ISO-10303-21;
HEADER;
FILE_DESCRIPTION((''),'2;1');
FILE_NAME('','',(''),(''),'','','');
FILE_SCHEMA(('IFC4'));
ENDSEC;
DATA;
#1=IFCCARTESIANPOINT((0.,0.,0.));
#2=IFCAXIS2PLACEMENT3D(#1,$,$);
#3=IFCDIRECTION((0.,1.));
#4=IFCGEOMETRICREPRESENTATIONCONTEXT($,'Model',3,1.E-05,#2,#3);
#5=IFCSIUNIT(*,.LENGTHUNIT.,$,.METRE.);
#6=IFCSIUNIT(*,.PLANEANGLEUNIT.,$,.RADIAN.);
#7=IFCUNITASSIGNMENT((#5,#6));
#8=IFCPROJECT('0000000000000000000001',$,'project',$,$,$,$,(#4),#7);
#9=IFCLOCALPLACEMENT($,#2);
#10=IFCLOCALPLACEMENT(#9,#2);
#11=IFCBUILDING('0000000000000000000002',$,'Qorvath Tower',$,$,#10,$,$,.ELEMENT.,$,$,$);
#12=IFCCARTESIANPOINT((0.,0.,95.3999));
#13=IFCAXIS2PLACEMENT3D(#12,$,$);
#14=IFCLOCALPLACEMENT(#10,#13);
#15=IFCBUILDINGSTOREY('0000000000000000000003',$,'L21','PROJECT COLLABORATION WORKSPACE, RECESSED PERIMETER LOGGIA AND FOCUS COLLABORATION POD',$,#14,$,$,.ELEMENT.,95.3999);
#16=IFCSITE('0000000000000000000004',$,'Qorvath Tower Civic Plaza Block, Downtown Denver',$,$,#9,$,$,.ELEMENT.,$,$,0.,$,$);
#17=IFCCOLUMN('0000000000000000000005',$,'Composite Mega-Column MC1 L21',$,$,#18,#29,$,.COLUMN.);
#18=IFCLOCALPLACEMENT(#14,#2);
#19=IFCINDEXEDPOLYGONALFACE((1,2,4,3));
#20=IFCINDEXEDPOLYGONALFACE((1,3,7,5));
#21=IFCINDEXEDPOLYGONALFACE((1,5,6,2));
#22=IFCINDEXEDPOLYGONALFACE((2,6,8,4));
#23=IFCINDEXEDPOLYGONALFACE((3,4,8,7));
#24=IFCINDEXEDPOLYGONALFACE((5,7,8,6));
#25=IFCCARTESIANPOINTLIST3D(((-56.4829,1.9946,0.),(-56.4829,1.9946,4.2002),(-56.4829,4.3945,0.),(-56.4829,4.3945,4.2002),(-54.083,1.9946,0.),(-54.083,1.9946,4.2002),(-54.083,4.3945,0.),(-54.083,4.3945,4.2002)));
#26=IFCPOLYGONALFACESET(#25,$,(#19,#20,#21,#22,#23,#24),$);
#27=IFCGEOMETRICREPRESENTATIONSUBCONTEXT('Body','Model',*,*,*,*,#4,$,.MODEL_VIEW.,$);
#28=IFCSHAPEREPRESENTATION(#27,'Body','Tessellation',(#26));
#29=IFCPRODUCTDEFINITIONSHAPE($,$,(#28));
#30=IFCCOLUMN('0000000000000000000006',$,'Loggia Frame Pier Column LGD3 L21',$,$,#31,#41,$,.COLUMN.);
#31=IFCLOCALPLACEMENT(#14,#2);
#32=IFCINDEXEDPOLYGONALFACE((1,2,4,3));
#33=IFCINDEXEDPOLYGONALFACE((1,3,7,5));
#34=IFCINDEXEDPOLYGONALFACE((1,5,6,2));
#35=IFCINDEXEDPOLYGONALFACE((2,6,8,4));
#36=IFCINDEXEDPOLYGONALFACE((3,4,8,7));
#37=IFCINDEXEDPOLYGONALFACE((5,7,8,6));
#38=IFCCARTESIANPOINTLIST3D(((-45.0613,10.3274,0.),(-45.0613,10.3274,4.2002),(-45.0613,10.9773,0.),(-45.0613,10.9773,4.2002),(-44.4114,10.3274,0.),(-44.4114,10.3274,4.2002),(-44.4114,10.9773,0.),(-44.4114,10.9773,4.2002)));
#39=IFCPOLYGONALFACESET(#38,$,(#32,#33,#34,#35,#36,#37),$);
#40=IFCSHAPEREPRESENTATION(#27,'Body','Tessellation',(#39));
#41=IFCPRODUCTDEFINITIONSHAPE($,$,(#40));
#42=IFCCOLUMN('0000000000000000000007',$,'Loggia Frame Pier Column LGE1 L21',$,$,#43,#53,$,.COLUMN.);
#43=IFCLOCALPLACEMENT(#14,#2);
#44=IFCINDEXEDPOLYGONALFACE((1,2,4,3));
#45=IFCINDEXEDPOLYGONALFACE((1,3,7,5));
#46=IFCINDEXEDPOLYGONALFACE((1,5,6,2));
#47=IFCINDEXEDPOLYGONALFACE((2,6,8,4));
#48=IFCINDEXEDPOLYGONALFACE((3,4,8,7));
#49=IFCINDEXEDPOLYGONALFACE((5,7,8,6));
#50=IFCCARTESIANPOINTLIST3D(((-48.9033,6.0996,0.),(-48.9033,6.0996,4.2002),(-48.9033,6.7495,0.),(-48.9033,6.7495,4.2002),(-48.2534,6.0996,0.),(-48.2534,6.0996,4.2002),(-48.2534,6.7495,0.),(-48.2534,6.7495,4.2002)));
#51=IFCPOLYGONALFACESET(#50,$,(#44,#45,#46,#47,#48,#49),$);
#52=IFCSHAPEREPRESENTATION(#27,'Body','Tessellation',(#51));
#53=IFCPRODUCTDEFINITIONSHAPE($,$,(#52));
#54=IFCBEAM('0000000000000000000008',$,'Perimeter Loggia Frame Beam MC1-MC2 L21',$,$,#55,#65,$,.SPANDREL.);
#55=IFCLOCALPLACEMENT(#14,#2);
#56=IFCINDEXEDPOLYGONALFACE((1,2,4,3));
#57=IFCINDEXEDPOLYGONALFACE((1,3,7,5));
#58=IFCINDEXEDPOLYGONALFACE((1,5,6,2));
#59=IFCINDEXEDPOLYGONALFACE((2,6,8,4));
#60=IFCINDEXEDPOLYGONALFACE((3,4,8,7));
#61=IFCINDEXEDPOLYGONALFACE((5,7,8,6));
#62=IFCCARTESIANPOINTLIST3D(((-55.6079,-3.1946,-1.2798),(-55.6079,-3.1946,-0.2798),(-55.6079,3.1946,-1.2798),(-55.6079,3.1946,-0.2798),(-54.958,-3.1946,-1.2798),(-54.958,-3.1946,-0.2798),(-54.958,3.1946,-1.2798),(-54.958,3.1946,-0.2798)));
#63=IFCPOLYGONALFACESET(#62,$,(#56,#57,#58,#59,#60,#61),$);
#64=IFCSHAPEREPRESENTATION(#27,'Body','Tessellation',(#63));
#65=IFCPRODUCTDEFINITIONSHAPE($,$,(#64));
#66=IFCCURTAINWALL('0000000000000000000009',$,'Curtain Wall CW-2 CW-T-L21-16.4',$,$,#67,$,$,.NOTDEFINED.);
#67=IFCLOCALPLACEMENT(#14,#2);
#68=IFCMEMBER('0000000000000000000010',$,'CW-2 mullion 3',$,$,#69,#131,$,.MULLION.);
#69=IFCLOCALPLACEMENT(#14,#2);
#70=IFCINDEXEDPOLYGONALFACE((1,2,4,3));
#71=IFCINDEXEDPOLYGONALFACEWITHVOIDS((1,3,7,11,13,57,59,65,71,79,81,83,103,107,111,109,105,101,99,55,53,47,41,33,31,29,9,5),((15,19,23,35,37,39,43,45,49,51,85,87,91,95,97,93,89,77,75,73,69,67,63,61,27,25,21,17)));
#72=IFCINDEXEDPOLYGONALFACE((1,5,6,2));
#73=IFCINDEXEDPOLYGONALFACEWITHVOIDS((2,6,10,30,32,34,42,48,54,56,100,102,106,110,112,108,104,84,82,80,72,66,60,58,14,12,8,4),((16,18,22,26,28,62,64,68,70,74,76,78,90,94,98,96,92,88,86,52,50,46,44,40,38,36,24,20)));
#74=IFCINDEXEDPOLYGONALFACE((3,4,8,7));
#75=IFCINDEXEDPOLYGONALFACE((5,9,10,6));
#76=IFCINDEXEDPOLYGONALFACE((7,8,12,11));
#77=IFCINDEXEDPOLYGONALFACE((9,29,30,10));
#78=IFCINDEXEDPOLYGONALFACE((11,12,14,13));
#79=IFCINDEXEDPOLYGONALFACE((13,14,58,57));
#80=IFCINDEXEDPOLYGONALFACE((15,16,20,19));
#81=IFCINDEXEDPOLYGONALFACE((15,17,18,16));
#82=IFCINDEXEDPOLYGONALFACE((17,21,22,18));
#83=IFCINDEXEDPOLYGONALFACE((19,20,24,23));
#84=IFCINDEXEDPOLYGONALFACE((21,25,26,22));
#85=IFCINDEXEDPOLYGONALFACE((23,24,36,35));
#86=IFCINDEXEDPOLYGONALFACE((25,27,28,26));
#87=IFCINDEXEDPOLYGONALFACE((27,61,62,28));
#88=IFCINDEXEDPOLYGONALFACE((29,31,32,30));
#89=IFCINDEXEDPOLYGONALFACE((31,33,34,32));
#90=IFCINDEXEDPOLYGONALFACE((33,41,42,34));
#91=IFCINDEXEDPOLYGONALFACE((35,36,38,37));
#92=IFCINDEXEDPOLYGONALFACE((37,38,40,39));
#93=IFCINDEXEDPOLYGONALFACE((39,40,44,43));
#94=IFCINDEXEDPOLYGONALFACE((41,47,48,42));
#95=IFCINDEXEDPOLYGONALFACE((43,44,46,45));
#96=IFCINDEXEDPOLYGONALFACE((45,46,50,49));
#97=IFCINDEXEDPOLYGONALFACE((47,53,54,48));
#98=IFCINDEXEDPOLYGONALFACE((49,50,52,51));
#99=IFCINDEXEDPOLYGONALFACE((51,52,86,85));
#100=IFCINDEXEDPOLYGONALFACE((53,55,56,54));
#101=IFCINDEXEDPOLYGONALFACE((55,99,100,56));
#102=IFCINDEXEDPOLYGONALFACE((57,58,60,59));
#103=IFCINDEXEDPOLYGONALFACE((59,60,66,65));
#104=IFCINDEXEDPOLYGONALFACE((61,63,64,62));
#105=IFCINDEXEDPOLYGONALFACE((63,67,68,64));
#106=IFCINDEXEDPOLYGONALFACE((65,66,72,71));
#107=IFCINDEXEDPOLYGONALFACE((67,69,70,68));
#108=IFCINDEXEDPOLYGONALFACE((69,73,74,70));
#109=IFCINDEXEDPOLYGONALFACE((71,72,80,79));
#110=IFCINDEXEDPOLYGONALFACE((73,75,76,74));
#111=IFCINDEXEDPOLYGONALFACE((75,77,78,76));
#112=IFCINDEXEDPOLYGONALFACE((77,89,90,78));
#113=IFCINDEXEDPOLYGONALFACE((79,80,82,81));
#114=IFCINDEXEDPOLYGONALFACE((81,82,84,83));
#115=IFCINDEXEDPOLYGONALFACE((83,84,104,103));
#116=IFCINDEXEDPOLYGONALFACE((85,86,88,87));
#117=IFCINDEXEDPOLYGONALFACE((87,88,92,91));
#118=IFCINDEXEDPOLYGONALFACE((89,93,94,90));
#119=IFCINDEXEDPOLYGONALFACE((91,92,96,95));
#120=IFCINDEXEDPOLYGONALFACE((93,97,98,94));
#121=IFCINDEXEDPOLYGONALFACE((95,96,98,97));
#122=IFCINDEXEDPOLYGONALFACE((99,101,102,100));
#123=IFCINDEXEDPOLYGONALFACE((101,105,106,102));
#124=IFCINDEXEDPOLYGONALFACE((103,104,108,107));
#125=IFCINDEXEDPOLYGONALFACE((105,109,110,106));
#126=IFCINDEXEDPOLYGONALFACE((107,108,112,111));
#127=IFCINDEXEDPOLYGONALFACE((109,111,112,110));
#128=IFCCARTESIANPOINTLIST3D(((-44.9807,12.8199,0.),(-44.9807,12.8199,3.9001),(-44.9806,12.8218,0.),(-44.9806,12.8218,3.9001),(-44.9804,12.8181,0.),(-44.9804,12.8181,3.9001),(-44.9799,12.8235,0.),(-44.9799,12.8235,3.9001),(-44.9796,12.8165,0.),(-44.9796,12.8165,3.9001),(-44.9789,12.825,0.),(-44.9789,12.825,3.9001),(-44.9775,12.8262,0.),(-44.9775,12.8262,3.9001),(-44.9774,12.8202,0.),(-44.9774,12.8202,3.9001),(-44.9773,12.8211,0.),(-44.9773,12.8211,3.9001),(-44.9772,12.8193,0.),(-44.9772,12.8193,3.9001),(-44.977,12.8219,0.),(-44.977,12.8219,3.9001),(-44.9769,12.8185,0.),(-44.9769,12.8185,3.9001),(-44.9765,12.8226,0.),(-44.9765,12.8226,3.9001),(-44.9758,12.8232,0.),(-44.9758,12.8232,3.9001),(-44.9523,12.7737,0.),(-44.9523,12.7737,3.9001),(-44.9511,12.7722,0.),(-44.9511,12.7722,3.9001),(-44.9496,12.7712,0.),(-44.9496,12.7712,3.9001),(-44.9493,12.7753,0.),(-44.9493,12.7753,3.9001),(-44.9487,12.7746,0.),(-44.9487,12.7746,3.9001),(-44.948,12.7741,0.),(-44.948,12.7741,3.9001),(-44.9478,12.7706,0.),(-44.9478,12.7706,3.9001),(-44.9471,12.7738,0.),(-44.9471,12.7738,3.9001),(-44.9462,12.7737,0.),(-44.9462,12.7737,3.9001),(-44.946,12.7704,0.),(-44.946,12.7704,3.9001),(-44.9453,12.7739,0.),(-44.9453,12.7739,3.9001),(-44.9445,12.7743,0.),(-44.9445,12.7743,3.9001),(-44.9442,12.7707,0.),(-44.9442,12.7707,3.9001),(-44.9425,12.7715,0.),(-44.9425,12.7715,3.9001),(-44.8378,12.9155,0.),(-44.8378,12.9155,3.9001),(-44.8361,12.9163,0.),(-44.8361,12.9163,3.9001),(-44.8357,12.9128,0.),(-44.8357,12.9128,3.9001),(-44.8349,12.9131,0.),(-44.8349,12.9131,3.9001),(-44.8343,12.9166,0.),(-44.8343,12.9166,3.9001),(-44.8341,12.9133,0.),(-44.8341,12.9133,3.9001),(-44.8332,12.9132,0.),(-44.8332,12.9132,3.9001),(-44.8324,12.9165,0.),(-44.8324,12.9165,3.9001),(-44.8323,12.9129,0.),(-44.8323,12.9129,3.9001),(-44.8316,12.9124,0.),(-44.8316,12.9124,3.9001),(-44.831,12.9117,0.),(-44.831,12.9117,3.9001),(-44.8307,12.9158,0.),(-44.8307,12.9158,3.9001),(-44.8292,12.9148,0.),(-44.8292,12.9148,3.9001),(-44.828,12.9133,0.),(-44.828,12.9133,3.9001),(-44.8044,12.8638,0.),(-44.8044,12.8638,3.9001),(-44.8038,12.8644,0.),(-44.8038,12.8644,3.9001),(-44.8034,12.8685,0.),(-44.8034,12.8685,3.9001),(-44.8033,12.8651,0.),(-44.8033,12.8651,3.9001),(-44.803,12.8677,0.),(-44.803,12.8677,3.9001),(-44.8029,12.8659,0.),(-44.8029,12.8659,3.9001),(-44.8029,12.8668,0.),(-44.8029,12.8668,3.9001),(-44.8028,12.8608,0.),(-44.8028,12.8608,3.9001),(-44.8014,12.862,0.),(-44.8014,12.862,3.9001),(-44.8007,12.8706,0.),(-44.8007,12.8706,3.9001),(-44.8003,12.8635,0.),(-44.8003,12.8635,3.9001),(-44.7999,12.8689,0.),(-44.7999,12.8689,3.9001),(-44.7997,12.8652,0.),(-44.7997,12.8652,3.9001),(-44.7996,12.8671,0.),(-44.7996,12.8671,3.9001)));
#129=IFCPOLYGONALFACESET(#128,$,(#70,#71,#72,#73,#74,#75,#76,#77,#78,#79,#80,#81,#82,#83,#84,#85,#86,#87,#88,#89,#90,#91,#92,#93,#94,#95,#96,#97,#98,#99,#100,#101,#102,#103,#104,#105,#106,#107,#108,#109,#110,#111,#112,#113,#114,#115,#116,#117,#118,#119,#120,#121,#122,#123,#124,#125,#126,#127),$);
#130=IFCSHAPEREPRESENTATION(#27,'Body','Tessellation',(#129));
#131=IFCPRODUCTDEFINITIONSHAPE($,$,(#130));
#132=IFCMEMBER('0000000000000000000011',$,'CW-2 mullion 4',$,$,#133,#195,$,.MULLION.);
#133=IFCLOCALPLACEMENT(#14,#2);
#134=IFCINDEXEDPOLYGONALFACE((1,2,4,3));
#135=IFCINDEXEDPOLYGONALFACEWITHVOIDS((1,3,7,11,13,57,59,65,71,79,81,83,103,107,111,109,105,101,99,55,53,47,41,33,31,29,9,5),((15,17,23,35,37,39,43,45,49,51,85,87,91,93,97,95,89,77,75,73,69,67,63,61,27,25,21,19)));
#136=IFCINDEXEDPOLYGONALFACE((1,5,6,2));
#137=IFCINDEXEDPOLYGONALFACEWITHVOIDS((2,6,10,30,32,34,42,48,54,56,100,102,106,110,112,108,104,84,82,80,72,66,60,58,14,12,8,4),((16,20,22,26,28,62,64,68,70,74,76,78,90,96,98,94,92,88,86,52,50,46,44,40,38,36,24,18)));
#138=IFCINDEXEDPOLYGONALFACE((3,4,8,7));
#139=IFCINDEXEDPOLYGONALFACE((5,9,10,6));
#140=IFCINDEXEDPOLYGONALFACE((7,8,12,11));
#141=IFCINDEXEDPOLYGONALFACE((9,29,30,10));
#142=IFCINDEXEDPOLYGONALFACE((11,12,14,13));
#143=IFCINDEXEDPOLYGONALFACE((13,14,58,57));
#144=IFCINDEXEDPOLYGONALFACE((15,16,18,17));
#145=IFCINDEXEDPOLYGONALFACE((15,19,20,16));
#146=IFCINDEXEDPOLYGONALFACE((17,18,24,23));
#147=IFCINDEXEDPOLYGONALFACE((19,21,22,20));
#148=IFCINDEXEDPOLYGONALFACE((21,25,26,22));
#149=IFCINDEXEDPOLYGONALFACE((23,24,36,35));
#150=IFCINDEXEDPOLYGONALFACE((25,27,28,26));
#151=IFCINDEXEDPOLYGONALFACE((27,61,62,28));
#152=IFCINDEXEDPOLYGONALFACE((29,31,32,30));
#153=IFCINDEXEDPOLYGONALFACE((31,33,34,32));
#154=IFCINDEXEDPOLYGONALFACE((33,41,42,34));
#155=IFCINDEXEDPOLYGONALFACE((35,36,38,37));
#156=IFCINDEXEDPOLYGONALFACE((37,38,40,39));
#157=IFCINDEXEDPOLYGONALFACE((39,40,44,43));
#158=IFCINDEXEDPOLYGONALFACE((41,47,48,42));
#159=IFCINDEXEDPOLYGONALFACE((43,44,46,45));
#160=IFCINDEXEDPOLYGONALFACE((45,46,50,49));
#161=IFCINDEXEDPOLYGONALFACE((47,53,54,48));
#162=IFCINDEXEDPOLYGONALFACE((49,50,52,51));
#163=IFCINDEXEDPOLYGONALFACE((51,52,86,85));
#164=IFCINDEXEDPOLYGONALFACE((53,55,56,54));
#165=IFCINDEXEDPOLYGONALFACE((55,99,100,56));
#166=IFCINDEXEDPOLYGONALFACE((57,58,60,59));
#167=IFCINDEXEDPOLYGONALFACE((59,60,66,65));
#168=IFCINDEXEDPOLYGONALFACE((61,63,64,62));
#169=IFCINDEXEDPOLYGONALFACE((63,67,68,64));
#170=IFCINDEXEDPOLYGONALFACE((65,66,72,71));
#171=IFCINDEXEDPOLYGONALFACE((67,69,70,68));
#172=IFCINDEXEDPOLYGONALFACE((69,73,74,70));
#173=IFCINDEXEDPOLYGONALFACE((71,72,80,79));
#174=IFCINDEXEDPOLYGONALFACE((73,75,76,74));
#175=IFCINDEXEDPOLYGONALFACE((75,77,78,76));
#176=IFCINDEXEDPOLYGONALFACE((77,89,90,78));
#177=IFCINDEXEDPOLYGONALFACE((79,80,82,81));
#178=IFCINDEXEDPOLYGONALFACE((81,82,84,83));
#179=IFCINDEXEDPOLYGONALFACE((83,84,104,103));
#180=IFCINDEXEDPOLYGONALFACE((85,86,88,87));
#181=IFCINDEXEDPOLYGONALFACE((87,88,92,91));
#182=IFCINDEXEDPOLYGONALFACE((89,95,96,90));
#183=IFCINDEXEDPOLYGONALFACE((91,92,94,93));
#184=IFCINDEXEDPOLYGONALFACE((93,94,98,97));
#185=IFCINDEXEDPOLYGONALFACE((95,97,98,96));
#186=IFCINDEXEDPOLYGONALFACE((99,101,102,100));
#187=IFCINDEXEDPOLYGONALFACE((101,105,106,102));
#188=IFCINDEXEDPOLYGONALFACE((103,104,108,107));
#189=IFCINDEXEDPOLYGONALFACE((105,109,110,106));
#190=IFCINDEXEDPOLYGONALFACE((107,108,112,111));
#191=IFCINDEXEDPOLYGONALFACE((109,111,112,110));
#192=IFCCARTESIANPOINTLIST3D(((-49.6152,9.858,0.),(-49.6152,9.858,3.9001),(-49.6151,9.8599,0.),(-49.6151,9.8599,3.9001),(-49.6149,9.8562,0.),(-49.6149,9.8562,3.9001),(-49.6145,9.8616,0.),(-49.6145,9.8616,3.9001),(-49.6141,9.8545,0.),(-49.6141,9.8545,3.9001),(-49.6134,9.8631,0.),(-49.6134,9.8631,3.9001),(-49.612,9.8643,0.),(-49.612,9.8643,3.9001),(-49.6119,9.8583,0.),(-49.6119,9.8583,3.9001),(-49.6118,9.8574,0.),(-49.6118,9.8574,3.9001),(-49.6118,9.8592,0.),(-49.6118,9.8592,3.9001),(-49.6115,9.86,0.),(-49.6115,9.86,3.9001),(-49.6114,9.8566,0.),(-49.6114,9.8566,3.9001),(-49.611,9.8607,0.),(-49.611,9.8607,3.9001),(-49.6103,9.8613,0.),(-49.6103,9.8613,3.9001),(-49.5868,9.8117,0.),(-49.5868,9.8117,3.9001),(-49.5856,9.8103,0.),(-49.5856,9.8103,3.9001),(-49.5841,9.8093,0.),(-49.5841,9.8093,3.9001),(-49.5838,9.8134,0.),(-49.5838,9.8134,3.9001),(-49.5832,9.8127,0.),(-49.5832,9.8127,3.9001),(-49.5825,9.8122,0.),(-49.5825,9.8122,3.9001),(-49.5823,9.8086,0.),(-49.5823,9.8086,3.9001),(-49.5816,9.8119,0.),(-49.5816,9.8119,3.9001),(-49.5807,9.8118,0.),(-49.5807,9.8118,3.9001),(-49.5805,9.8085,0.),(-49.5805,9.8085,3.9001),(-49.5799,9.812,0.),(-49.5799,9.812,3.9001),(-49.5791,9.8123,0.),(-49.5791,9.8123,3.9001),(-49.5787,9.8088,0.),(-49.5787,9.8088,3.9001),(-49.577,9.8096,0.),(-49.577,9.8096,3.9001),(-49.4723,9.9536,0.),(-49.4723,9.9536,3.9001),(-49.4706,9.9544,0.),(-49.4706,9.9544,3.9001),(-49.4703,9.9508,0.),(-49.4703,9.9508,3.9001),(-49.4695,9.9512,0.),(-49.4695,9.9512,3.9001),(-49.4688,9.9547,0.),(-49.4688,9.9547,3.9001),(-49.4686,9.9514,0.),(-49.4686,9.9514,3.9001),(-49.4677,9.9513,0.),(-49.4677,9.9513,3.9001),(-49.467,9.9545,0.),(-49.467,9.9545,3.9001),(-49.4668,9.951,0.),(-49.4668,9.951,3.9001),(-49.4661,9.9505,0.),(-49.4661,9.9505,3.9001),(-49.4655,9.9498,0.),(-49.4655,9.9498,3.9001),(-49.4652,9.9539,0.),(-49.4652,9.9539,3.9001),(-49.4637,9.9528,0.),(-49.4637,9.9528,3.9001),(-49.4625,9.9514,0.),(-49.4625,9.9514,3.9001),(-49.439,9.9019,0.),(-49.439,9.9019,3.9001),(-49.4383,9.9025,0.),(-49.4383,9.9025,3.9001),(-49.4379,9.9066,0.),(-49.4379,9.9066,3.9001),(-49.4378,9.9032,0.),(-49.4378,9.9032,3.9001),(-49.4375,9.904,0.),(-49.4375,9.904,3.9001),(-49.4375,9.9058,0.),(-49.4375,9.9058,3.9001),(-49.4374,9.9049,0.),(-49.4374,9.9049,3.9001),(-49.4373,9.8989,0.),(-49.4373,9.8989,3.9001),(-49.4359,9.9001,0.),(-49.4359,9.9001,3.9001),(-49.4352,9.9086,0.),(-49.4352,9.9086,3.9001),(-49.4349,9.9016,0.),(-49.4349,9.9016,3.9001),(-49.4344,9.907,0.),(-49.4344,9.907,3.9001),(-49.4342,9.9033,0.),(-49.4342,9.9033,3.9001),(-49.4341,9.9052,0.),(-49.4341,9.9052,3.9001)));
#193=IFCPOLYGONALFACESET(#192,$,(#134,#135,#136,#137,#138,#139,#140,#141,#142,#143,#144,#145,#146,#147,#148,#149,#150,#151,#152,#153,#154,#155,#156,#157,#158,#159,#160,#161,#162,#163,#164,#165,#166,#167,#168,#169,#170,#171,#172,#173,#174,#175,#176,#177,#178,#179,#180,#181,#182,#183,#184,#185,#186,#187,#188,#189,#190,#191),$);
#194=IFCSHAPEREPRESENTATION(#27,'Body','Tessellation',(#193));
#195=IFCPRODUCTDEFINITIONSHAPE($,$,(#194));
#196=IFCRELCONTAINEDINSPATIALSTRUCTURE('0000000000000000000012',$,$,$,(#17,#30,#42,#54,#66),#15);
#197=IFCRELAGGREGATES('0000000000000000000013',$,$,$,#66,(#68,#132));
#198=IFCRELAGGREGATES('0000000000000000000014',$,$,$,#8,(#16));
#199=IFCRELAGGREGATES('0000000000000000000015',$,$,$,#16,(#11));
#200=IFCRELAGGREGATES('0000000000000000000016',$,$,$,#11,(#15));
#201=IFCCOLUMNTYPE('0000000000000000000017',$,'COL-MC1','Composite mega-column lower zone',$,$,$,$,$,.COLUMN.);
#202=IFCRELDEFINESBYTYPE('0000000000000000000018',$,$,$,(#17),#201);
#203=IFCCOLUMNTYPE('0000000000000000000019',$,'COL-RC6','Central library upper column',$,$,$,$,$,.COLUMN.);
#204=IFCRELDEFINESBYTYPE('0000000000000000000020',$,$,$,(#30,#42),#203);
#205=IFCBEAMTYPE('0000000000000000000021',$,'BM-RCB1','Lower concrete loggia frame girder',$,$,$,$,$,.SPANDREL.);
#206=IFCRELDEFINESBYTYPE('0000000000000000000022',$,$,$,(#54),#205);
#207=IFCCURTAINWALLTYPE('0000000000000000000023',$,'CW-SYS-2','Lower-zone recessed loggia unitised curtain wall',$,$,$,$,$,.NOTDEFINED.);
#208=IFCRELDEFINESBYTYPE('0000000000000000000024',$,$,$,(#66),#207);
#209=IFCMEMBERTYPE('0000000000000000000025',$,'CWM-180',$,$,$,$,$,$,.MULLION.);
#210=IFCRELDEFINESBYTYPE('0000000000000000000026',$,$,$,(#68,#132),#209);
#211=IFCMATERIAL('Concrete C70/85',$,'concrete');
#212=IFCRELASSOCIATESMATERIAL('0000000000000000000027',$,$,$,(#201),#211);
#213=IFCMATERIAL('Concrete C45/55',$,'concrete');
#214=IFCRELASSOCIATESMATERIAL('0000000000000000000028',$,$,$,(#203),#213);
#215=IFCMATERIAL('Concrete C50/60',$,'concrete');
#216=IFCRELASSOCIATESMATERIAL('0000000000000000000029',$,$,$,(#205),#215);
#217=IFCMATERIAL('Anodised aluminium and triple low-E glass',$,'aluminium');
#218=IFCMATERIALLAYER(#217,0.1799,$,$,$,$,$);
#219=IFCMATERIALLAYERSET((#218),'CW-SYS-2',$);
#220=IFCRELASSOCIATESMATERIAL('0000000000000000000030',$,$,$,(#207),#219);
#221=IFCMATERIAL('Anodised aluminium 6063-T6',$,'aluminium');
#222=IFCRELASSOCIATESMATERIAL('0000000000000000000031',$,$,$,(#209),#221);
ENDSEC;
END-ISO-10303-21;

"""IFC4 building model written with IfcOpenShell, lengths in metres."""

from ifc_helpers import new_model, si_unit, direction, frame, origin, origin_2d, place, context, subcontext, project, spatial, rectangle, hollow_rectangle, extrude, material, layer, layer_set, material_profile, profile_set, type_object, element, aggregate, save


model = new_model("IFC4")

# Units and contexts
model_context = context("Model", 3, precision=1e-05, world=origin(), true_north=direction((0.0, 1.0)))
body_context = subcontext(model_context, "Body", "Model", "MODEL_VIEW")
ifc_project = project(units=[si_unit("LENGTHUNIT", "METRE"), si_unit("PLANEANGLEUNIT", "RADIAN")], contexts=[model_context])

# Site, building, storey
site_placement = place(None, origin())
site = spatial("IfcSite", under=ifc_project, at=site_placement, Name="Qorvath Tower Civic Plaza Block, Downtown Denver", CompositionType="ELEMENT", RefElevation=0.0)
building_placement = place(site_placement, origin())
building = spatial("IfcBuilding", under=site, at=building_placement, Name="Qorvath Tower", CompositionType="ELEMENT")
storey_placement = place(building_placement, frame((0.0, 0.0, 95.3999)))
storey = spatial("IfcBuildingStorey", under=building, at=storey_placement, Name="L21", Description="PROJECT COLLABORATION WORKSPACE, RECESSED PERIMETER LOGGIA AND FOCUS COLLABORATION POD", CompositionType="ELEMENT", Elevation=95.3999)

# Columns
ifc_material_1 = material(Name="Concrete C70/85", Category="concrete")
ifc_material_profile_1 = material_profile(ifc_material_1, rectangle(XDim=2.3999, YDim=2.3999, at=origin_2d()), Name="MC 2400x2400")
ifc_profile_set_1 = profile_set([ifc_material_profile_1], Name="Concrete C70/85")
column_type_1 = type_object("IfcColumnType", Name="COL-MC1", Description="Composite mega-column lower zone", PredefinedType="COLUMN", material=ifc_profile_set_1)
column_placement = place(storey_placement, frame((-55.283, 3.1946, 0.0), z_axis=(0.0, 0.0, 1.0), x_axis=(1.0, 0.0, 0.0)))
element("IfcColumn", 1, at=column_placement, inside=storey, type_object=column_type_1, Name="Composite Mega-Column MC1 L21", PredefinedType="COLUMN", context=body_context, shape_type="SweptSolid", body=[
    extrude(rectangle(XDim=2.3999, YDim=2.3999, at=origin_2d()), origin(), (0.0, 0.0, 1.0), 4.2002),
])
ifc_material_2 = material(Name="Concrete C45/55", Category="concrete")
ifc_material_profile_2 = material_profile(ifc_material_2, rectangle(XDim=0.6499, YDim=0.6499, at=origin_2d()), Name="RC 650x650")
ifc_profile_set_2 = profile_set([ifc_material_profile_2], Name="Concrete C45/55")
column_type_2 = type_object("IfcColumnType", Name="COL-RC6", Description="Central library upper column", PredefinedType="COLUMN", material=ifc_profile_set_2)
for number, where, z_axis, x_axis, name in (
    (2, (-44.7363, 10.6523, 0.0), (0.0, 0.0, 1.0), (1.0, 0.0, 0.0), "Loggia Frame Pier Column LGD3 L21"),
    (3, (-48.5784, 6.4246, 0.0), (0.0, 0.0, 1.0), (1.0, 0.0, 0.0), "Loggia Frame Pier Column LGE1 L21"),
):
    element("IfcColumn", number, at=place(storey_placement, frame(where, z_axis=z_axis, x_axis=x_axis)), inside=storey, type_object=column_type_2, Name=name, PredefinedType="COLUMN", context=body_context, shape_type="SweptSolid", body=[
        extrude(rectangle(XDim=0.6499, YDim=0.6499, at=origin_2d()), origin(), (0.0, 0.0, 1.0), 4.2002),
    ])

# Beam
ifc_material_3 = material(Name="Concrete C50/60", Category="concrete")
ifc_material_profile_3 = material_profile(ifc_material_3, rectangle(XDim=0.6499, YDim=1.0, at=origin_2d()), Name="RCB 1000x650")
ifc_profile_set_3 = profile_set([ifc_material_profile_3], Name="Concrete C50/60")
beam_type = type_object("IfcBeamType", Name="BM-RCB1", Description="Lower concrete loggia frame girder", PredefinedType="SPANDREL", material=ifc_profile_set_3)
beam_placement = place(storey_placement, frame((-55.283, 3.1946, -0.7798), z_axis=(0.0, -1.0, 0.0), x_axis=(1.0, 0.0, 0.0)))
element("IfcBeam", 4, at=beam_placement, inside=storey, type_object=beam_type, Name="Perimeter Loggia Frame Beam MC1-MC2 L21", PredefinedType="SPANDREL", context=body_context, shape_type="SweptSolid", body=[
    extrude(rectangle(XDim=0.6499, YDim=1.0, at=origin_2d()), origin(), (0.0, 0.0, 1.0), 6.3892),
])

# Curtain wall, members
ifc_material_4 = material(Name="Anodised aluminium and triple low-E glass", Category="aluminium")
ifc_layer_1 = layer(ifc_material_4, 0.1799)
ifc_layer_set_1 = layer_set([ifc_layer_1], Name="CW-SYS-2")
curtain_wall_type = type_object("IfcCurtainWallType", Name="CW-SYS-2", Description="Lower-zone recessed loggia unitised curtain wall", PredefinedType="NOTDEFINED", material=ifc_layer_set_1)
curtain_wall_placement = place(storey_placement, origin())
curtain_wall = element("IfcCurtainWall", 5, at=curtain_wall_placement, inside=storey, type_object=curtain_wall_type, Name="Curtain Wall CW-2 CW-T-L21-16.4", PredefinedType="NOTDEFINED")
ifc_material_5 = material(Name="Anodised aluminium 6063-T6", Category="aluminium")
ifc_material_profile_4 = material_profile(ifc_material_5, hollow_rectangle(XDim=0.0649, YDim=0.1799, WallThickness=0.0034, InnerFilletRadius=0.0034, OuterFilletRadius=0.0071, at=origin_2d()), Name="CWM 180x65")
ifc_profile_set_4 = profile_set([ifc_material_profile_4], Name="Anodised aluminium 6063-T6")
member_type_1 = type_object("IfcMemberType", Name="CWM-180", PredefinedType="MULLION", material=ifc_profile_set_4)
member_1_placement = place(storey_placement, frame((-44.8901, 12.8435, 0.0), z_axis=(0.0, 0.0, 1.0), x_axis=(0.538529, -0.842607, 0.0)))
member_1 = element("IfcMember", 6, at=member_1_placement, type_object=member_type_1, Name="CW-2 mullion 3", PredefinedType="MULLION", context=body_context, shape_type="SweptSolid", body=[
    extrude(hollow_rectangle(XDim=0.0649, YDim=0.1799, WallThickness=0.0034, InnerFilletRadius=0.0034, OuterFilletRadius=0.0071, at=origin_2d()), origin(), (0.0, 0.0, 1.0), 3.9001),
])
member_2_placement = place(storey_placement, frame((-49.5247, 9.8816, 0.0), z_axis=(0.0, 0.0, 1.0), x_axis=(0.538529, -0.842607, 0.0)))
member_2 = element("IfcMember", 7, at=member_2_placement, type_object=member_type_1, Name="CW-2 mullion 4", PredefinedType="MULLION", context=body_context, shape_type="SweptSolid", body=[
    extrude(hollow_rectangle(XDim=0.0649, YDim=0.1799, WallThickness=0.0034, InnerFilletRadius=0.0034, OuterFilletRadius=0.0071, at=origin_2d()), origin(), (0.0, 0.0, 1.0), 3.9001),
])
aggregate(curtain_wall, [member_1, member_2])

save(model, "model.ifc")
